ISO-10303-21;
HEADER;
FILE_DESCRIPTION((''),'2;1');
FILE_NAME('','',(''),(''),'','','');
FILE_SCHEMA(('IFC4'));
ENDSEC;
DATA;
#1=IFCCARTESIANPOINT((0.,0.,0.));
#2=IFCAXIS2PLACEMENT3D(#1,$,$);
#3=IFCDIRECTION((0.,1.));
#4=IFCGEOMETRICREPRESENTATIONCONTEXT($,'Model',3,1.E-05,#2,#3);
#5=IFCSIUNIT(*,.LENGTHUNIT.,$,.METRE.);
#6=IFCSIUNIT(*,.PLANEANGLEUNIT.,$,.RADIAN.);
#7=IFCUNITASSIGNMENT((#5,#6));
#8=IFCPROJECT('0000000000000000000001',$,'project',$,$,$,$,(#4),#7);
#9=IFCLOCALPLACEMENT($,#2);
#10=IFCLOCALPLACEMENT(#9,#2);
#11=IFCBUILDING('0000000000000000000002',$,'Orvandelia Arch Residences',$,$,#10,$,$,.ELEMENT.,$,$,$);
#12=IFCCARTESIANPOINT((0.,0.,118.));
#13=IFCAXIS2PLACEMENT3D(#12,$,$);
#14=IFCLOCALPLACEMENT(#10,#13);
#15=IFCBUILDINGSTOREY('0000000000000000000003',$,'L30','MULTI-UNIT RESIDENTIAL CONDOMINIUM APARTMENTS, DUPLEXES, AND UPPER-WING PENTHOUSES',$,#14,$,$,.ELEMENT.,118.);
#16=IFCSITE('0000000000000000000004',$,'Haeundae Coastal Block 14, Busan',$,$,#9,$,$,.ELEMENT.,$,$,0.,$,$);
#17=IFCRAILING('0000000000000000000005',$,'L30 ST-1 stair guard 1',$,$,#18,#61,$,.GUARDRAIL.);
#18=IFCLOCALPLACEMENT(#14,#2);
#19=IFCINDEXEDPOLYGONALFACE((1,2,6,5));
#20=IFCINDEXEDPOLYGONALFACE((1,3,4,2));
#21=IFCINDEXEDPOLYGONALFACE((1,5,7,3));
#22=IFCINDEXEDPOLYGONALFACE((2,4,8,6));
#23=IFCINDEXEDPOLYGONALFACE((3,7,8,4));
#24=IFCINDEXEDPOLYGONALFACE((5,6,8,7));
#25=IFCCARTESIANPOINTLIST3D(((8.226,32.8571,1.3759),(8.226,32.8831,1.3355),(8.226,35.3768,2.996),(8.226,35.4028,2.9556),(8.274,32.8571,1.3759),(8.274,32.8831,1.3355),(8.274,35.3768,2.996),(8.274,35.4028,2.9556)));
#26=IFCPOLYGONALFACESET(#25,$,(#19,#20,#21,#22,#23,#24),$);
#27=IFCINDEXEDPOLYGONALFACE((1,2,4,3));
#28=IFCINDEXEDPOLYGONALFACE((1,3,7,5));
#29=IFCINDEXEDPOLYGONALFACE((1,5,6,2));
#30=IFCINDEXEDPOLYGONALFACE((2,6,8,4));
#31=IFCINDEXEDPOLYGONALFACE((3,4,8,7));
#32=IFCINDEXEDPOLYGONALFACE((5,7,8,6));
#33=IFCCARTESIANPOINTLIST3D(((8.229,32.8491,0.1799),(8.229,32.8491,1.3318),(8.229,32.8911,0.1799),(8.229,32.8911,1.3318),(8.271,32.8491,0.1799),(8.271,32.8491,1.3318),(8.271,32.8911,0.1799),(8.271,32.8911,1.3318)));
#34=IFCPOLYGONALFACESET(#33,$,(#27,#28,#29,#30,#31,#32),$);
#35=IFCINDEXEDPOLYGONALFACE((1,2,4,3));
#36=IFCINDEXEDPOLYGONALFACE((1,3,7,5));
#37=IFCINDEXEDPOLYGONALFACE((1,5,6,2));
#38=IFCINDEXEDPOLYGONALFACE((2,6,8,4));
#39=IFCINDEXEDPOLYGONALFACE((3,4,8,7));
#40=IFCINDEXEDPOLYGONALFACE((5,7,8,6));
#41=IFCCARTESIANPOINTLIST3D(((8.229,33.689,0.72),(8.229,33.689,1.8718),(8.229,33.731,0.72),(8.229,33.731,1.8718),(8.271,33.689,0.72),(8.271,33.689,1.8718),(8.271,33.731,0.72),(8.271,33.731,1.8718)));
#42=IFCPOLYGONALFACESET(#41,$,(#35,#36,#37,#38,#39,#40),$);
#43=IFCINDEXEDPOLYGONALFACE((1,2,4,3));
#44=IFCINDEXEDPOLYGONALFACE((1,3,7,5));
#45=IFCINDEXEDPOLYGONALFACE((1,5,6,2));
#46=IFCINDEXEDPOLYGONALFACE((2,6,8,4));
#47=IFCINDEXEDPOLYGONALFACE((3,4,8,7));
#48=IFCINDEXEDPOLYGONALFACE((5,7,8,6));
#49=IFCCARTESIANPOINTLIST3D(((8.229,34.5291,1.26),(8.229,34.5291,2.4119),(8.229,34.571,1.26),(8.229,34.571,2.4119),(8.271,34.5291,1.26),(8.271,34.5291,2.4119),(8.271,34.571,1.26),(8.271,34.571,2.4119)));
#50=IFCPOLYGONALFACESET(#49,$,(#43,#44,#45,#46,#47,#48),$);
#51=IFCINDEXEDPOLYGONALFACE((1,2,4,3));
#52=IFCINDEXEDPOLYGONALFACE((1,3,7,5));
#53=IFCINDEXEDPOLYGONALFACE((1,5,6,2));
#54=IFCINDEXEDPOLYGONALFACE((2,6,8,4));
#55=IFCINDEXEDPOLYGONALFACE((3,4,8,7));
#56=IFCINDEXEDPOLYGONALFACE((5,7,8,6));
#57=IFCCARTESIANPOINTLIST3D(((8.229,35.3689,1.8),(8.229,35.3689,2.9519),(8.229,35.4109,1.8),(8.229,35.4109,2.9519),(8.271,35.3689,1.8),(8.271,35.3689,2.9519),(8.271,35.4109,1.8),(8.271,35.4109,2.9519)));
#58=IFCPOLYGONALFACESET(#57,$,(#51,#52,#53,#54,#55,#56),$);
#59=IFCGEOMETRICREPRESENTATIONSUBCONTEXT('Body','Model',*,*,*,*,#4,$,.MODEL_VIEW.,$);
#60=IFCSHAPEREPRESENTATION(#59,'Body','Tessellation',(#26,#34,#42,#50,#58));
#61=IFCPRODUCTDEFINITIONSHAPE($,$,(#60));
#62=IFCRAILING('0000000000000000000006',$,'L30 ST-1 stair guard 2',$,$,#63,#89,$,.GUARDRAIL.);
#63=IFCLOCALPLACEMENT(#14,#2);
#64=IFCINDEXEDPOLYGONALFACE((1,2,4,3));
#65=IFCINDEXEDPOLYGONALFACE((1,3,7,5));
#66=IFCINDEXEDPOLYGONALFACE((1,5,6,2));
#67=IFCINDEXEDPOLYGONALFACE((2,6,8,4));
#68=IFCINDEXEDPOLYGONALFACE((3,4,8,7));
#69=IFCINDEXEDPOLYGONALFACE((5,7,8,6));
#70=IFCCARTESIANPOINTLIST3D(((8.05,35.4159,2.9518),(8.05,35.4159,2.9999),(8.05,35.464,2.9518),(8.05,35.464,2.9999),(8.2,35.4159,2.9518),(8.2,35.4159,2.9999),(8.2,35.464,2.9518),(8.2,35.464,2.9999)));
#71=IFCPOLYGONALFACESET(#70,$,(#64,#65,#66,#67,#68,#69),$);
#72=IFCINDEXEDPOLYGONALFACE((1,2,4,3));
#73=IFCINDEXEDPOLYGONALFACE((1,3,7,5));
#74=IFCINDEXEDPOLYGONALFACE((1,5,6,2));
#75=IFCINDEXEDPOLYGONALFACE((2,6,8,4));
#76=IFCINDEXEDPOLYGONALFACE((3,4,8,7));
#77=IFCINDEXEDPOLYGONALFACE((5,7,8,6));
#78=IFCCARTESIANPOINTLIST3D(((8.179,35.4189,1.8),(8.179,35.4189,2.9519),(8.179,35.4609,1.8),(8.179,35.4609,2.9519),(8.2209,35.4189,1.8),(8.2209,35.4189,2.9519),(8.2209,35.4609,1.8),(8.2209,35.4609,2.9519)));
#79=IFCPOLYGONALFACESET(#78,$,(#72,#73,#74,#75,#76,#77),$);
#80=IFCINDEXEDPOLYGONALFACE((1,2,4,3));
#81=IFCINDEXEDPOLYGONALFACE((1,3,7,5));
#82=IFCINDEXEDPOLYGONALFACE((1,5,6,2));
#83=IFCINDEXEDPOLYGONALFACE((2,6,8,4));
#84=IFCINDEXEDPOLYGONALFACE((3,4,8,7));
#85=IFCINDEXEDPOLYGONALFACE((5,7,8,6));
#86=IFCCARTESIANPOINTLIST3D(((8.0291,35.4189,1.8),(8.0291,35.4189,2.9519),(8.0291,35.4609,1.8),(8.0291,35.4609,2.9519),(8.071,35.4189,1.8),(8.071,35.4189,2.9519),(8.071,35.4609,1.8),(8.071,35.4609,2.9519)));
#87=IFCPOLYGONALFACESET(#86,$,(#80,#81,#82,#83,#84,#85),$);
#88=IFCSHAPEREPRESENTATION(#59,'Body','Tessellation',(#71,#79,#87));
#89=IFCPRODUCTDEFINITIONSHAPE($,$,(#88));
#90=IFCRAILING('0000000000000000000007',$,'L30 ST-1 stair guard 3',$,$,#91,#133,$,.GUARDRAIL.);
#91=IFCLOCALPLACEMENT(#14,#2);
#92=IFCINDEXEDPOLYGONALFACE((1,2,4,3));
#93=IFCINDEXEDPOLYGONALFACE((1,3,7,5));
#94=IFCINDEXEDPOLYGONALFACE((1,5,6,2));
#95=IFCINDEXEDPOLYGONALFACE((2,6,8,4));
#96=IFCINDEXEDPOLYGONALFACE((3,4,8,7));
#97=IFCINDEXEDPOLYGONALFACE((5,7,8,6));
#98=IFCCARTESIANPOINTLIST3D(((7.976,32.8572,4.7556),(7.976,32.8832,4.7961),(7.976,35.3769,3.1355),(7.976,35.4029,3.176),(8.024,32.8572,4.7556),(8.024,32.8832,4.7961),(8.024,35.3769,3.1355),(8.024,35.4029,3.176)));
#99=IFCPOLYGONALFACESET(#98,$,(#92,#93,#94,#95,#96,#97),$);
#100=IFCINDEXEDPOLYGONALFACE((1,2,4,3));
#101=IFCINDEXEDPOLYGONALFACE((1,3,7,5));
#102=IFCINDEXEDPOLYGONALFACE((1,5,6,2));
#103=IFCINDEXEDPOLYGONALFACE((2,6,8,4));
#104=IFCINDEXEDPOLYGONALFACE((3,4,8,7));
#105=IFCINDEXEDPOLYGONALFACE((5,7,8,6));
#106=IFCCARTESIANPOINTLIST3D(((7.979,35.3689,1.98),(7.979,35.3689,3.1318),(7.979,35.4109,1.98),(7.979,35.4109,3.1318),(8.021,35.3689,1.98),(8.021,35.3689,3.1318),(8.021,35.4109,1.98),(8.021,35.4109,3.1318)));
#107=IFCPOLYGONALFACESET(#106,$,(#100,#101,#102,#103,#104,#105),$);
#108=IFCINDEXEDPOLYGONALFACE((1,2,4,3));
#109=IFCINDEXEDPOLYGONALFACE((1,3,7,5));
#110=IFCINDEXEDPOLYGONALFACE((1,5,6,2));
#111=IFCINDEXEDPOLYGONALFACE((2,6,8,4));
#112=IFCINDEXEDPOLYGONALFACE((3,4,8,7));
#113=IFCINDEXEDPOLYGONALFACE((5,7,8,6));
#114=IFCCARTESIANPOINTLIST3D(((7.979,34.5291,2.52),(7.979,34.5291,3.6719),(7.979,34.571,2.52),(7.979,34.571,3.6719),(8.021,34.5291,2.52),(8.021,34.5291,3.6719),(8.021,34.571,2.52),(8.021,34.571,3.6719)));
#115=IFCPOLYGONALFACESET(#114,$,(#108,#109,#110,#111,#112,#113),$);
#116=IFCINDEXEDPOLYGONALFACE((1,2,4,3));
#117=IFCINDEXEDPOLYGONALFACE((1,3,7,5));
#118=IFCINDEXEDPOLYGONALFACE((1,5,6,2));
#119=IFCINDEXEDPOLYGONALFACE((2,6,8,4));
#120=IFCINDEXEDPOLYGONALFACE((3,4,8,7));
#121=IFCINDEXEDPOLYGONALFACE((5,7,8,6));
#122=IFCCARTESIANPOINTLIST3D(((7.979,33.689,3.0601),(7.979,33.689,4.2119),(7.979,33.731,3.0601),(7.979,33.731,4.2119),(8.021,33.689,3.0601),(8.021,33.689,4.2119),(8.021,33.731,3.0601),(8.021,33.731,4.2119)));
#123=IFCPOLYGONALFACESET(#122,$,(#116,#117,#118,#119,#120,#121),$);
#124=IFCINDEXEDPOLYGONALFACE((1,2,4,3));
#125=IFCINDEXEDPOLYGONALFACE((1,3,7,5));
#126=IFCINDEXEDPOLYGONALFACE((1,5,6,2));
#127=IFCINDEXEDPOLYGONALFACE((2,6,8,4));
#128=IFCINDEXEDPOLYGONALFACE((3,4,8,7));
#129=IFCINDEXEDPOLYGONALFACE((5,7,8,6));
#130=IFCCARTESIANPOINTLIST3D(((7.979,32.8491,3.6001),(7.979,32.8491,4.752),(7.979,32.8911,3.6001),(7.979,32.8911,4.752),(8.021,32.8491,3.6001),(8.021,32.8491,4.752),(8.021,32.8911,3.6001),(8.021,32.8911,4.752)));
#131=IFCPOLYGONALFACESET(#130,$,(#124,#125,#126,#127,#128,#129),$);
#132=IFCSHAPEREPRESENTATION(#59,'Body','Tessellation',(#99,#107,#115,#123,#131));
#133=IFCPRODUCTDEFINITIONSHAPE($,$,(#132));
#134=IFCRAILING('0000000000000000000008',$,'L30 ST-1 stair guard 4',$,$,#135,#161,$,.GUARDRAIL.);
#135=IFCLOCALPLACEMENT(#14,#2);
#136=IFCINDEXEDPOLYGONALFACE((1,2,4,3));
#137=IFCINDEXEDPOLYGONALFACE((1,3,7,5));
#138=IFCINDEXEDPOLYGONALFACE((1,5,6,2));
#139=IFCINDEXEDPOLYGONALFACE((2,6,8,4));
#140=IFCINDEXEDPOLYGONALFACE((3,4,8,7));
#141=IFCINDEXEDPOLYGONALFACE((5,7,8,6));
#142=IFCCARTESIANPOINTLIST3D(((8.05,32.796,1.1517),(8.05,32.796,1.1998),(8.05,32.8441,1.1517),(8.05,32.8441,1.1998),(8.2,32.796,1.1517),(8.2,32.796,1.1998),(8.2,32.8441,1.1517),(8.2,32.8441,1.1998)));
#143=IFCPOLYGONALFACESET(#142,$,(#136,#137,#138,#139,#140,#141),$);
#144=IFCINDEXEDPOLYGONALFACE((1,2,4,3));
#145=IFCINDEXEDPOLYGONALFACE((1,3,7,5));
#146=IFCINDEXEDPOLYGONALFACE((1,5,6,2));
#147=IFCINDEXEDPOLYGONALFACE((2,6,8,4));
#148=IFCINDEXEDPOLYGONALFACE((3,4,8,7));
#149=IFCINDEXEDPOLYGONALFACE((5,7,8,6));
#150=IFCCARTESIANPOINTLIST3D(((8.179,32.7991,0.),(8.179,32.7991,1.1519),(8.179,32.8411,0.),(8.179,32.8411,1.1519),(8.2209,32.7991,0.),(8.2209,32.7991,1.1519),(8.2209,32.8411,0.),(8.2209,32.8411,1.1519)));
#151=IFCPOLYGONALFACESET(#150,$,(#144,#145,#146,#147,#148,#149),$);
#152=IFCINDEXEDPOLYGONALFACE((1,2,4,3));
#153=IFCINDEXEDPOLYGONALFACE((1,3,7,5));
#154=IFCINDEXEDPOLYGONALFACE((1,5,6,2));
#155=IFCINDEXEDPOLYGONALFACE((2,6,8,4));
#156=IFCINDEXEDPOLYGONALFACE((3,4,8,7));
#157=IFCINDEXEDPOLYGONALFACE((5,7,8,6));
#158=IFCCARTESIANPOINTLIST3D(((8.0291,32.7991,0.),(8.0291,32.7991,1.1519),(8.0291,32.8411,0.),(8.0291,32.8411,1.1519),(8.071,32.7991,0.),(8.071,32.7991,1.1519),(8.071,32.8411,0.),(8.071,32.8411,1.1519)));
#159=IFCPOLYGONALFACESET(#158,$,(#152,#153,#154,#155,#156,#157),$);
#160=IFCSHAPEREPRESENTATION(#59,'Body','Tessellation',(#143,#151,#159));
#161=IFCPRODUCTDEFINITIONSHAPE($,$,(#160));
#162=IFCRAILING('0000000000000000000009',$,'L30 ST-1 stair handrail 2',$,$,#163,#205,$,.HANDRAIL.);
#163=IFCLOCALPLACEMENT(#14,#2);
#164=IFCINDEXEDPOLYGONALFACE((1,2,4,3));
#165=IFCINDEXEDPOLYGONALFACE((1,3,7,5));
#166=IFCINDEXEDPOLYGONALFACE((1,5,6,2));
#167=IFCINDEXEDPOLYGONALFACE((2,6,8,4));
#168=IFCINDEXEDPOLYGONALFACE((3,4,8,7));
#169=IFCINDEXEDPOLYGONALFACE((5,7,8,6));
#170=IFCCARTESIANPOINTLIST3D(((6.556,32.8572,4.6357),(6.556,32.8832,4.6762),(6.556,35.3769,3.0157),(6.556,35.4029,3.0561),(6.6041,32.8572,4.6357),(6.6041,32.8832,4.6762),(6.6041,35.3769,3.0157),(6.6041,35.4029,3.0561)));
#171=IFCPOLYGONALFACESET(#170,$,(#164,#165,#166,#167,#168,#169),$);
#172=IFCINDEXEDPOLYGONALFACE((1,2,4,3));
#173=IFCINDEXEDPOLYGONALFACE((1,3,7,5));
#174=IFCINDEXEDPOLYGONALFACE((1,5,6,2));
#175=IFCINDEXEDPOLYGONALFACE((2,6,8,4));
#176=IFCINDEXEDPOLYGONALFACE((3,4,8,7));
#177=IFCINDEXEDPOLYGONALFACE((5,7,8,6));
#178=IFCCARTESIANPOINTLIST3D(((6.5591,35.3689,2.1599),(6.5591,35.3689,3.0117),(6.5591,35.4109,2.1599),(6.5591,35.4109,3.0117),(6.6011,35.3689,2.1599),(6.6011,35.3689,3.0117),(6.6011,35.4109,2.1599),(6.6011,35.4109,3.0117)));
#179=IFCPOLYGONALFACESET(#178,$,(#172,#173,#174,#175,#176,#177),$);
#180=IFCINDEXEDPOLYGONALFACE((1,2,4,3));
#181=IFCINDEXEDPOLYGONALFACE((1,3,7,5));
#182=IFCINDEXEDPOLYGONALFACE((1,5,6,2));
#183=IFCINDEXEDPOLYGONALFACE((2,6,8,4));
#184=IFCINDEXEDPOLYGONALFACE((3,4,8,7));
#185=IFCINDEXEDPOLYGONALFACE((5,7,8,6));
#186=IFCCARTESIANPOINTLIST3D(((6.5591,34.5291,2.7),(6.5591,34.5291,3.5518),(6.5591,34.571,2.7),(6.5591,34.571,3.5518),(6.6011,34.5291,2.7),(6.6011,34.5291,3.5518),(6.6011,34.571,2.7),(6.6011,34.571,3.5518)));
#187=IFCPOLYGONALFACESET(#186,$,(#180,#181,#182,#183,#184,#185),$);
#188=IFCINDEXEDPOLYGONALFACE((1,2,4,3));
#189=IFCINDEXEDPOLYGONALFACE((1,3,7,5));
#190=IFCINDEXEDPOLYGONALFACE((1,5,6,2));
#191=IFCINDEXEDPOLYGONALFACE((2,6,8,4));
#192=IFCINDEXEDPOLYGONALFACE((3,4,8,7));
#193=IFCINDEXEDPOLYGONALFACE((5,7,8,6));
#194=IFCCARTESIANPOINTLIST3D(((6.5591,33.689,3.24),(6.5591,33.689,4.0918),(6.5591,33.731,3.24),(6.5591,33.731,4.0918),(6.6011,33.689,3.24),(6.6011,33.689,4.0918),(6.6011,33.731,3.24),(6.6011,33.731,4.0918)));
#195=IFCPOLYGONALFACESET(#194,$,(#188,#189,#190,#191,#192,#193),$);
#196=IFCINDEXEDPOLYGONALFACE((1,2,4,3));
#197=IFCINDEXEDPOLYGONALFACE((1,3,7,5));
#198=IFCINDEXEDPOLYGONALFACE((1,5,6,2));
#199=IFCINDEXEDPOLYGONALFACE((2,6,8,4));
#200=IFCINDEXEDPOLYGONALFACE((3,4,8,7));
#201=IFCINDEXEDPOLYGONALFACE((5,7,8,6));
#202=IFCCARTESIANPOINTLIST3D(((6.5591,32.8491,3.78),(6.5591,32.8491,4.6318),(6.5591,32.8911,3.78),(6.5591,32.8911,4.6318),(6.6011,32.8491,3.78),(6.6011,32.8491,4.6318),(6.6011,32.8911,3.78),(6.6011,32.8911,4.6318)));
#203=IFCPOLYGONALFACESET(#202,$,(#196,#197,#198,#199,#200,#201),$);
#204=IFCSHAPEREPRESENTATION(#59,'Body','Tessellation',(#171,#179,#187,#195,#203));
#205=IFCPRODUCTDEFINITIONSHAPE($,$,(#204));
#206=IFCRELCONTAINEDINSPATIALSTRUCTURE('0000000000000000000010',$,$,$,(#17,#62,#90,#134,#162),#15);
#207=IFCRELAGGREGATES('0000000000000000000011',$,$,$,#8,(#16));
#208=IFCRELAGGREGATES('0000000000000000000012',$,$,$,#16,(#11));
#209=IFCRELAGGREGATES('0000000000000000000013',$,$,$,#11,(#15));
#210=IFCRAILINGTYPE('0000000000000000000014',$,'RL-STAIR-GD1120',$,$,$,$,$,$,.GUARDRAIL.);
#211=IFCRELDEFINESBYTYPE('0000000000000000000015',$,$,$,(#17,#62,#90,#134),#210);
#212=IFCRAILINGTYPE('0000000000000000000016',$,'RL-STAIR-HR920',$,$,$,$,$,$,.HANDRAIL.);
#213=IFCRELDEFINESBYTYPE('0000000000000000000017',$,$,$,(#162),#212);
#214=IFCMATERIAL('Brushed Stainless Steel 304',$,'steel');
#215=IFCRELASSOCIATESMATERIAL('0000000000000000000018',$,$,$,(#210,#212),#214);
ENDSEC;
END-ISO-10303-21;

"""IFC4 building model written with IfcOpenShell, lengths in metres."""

from ifc_helpers import new_model, si_unit, direction, frame, origin, origin_2d, place, context, subcontext, project, spatial, rectangle, extrude, material, type_object, element, save


model = new_model("IFC4")

# Units and contexts
model_context = context("Model", 3, precision=1e-05, world=origin(), true_north=direction((0.0, 1.0)))
body_context = subcontext(model_context, "Body", "Model", "MODEL_VIEW")
ifc_project = project(units=[si_unit("LENGTHUNIT", "METRE"), si_unit("PLANEANGLEUNIT", "RADIAN")], contexts=[model_context])

# Site, building, storey
site_placement = place(None, origin())
site = spatial("IfcSite", under=ifc_project, at=site_placement, Name="Haeundae Coastal Block 14, Busan", CompositionType="ELEMENT", RefElevation=0.0)
building_placement = place(site_placement, origin())
building = spatial("IfcBuilding", under=site, at=building_placement, Name="Orvandelia Arch Residences", CompositionType="ELEMENT")
storey_placement = place(building_placement, frame((0.0, 0.0, 118.0)))
storey = spatial("IfcBuildingStorey", under=building, at=storey_placement, Name="L30", Description="MULTI-UNIT RESIDENTIAL CONDOMINIUM APARTMENTS, DUPLEXES, AND UPPER-WING PENTHOUSES", CompositionType="ELEMENT", Elevation=118.0)

# Railings
ifc_material_1 = material(Name="Brushed Stainless Steel 304", Category="steel")
railing_type_1 = type_object("IfcRailingType", Name="RL-STAIR-GD1120", PredefinedType="GUARDRAIL", material=ifc_material_1)
railing_1_placement = place(storey_placement, frame((8.25, 32.8701, 0.1799)))
element("IfcRailing", 1, at=railing_1_placement, inside=storey, type_object=railing_type_1, Name="L30 ST-1 stair guard 1", PredefinedType="GUARDRAIL", context=body_context, shape_type="SweptSolid", body=[
    extrude(rectangle(XDim=0.0481, YDim=0.0481, at=origin_2d()), frame((0.0, 0.0, 1.1758), z_axis=(0.0, 0.841139, 0.540819), x_axis=(-1.0, 0.0, 0.0)), (0.0, 0.0, 1.0), 2.9956),
    extrude(rectangle(XDim=0.042, YDim=0.042, at=origin_2d()), origin(), (0.0, 0.0, 1.0), 1.1519),
    extrude(rectangle(XDim=0.042, YDim=0.042, at=origin_2d()), frame((0.0, 0.8398, 0.54)), (0.0, 0.0, 1.0), 1.1519),
    extrude(rectangle(XDim=0.042, YDim=0.042, at=origin_2d()), frame((0.0, 1.6799, 1.0801)), (0.0, 0.0, 1.0), 1.1519),
    extrude(rectangle(XDim=0.042, YDim=0.042, at=origin_2d()), frame((0.0, 2.5198, 1.6201)), (0.0, 0.0, 1.0), 1.1519),
])
railing_2_placement = place(storey_placement, frame((8.2, 35.4399, 1.8)))
element("IfcRailing", 2, at=railing_2_placement, inside=storey, type_object=railing_type_1, Name="L30 ST-1 stair guard 2", PredefinedType="GUARDRAIL", context=body_context, shape_type="SweptSolid", body=[
    extrude(rectangle(XDim=0.0481, YDim=0.0481, at=origin_2d()), frame((0.0, 0.0, 1.1758), z_axis=(-1.0, 0.0, 0.0), x_axis=(0.0, -1.0, 0.0)), (0.0, 0.0, 1.0), 0.1499),
    extrude(rectangle(XDim=0.042, YDim=0.042, at=origin_2d()), origin(), (0.0, 0.0, 1.0), 1.1519),
    extrude(rectangle(XDim=0.042, YDim=0.042, at=origin_2d()), frame((-0.1499, 0.0, 0.0)), (0.0, 0.0, 1.0), 1.1519),
])
railing_3_placement = place(storey_placement, frame((8.0, 35.3899, 1.98)))
element("IfcRailing", 3, at=railing_3_placement, inside=storey, type_object=railing_type_1, Name="L30 ST-1 stair guard 3", PredefinedType="GUARDRAIL", context=body_context, shape_type="SweptSolid", body=[
    extrude(rectangle(XDim=0.0481, YDim=0.0481, at=origin_2d()), frame((0.0, 0.0, 1.1758), z_axis=(0.0, -0.841139, 0.540819), x_axis=(1.0, 0.0, 0.0)), (0.0, 0.0, 1.0), 2.9956),
    extrude(rectangle(XDim=0.042, YDim=0.042, at=origin_2d()), origin(), (0.0, 0.0, 1.0), 1.1519),
    extrude(rectangle(XDim=0.042, YDim=0.042, at=origin_2d()), frame((0.0, -0.8398, 0.54)), (0.0, 0.0, 1.0), 1.1519),
    extrude(rectangle(XDim=0.042, YDim=0.042, at=origin_2d()), frame((0.0, -1.6799, 1.0801)), (0.0, 0.0, 1.0), 1.1519),
    extrude(rectangle(XDim=0.042, YDim=0.042, at=origin_2d()), frame((0.0, -2.5198, 1.6201)), (0.0, 0.0, 1.0), 1.1519),
])
railing_4_placement = place(storey_placement, frame((8.2, 32.8201, 0.0)))
element("IfcRailing", 4, at=railing_4_placement, inside=storey, type_object=railing_type_1, Name="L30 ST-1 stair guard 4", PredefinedType="GUARDRAIL", context=body_context, shape_type="SweptSolid", body=[
    extrude(rectangle(XDim=0.0481, YDim=0.0481, at=origin_2d()), frame((0.0, 0.0, 1.1758), z_axis=(-1.0, 0.0, 0.0), x_axis=(0.0, -1.0, 0.0)), (0.0, 0.0, 1.0), 0.1499),
    extrude(rectangle(XDim=0.042, YDim=0.042, at=origin_2d()), origin(), (0.0, 0.0, 1.0), 1.1519),
    extrude(rectangle(XDim=0.042, YDim=0.042, at=origin_2d()), frame((-0.1499, 0.0, 0.0)), (0.0, 0.0, 1.0), 1.1519),
])
railing_type_2 = type_object("IfcRailingType", Name="RL-STAIR-HR920", PredefinedType="HANDRAIL", material=ifc_material_1)
railing_5_placement = place(storey_placement, frame((6.5801, 35.3899, 2.1599)))
element("IfcRailing", 5, at=railing_5_placement, inside=storey, type_object=railing_type_2, Name="L30 ST-1 stair handrail 2", PredefinedType="HANDRAIL", context=body_context, shape_type="SweptSolid", body=[
    extrude(rectangle(XDim=0.0481, YDim=0.0481, at=origin_2d()), frame((0.0, 0.0, 0.876), z_axis=(0.0, -0.841139, 0.540819), x_axis=(1.0, 0.0, 0.0)), (0.0, 0.0, 1.0), 2.9956),
    extrude(rectangle(XDim=0.042, YDim=0.042, at=origin_2d()), origin(), (0.0, 0.0, 1.0), 0.8518),
    extrude(rectangle(XDim=0.042, YDim=0.042, at=origin_2d()), frame((0.0, -0.8398, 0.54)), (0.0, 0.0, 1.0), 0.8518),
    extrude(rectangle(XDim=0.042, YDim=0.042, at=origin_2d()), frame((0.0, -1.6799, 1.0801)), (0.0, 0.0, 1.0), 0.8518),
    extrude(rectangle(XDim=0.042, YDim=0.042, at=origin_2d()), frame((0.0, -2.5198, 1.6201)), (0.0, 0.0, 1.0), 0.8518),
])

save(model, "model.ifc")
